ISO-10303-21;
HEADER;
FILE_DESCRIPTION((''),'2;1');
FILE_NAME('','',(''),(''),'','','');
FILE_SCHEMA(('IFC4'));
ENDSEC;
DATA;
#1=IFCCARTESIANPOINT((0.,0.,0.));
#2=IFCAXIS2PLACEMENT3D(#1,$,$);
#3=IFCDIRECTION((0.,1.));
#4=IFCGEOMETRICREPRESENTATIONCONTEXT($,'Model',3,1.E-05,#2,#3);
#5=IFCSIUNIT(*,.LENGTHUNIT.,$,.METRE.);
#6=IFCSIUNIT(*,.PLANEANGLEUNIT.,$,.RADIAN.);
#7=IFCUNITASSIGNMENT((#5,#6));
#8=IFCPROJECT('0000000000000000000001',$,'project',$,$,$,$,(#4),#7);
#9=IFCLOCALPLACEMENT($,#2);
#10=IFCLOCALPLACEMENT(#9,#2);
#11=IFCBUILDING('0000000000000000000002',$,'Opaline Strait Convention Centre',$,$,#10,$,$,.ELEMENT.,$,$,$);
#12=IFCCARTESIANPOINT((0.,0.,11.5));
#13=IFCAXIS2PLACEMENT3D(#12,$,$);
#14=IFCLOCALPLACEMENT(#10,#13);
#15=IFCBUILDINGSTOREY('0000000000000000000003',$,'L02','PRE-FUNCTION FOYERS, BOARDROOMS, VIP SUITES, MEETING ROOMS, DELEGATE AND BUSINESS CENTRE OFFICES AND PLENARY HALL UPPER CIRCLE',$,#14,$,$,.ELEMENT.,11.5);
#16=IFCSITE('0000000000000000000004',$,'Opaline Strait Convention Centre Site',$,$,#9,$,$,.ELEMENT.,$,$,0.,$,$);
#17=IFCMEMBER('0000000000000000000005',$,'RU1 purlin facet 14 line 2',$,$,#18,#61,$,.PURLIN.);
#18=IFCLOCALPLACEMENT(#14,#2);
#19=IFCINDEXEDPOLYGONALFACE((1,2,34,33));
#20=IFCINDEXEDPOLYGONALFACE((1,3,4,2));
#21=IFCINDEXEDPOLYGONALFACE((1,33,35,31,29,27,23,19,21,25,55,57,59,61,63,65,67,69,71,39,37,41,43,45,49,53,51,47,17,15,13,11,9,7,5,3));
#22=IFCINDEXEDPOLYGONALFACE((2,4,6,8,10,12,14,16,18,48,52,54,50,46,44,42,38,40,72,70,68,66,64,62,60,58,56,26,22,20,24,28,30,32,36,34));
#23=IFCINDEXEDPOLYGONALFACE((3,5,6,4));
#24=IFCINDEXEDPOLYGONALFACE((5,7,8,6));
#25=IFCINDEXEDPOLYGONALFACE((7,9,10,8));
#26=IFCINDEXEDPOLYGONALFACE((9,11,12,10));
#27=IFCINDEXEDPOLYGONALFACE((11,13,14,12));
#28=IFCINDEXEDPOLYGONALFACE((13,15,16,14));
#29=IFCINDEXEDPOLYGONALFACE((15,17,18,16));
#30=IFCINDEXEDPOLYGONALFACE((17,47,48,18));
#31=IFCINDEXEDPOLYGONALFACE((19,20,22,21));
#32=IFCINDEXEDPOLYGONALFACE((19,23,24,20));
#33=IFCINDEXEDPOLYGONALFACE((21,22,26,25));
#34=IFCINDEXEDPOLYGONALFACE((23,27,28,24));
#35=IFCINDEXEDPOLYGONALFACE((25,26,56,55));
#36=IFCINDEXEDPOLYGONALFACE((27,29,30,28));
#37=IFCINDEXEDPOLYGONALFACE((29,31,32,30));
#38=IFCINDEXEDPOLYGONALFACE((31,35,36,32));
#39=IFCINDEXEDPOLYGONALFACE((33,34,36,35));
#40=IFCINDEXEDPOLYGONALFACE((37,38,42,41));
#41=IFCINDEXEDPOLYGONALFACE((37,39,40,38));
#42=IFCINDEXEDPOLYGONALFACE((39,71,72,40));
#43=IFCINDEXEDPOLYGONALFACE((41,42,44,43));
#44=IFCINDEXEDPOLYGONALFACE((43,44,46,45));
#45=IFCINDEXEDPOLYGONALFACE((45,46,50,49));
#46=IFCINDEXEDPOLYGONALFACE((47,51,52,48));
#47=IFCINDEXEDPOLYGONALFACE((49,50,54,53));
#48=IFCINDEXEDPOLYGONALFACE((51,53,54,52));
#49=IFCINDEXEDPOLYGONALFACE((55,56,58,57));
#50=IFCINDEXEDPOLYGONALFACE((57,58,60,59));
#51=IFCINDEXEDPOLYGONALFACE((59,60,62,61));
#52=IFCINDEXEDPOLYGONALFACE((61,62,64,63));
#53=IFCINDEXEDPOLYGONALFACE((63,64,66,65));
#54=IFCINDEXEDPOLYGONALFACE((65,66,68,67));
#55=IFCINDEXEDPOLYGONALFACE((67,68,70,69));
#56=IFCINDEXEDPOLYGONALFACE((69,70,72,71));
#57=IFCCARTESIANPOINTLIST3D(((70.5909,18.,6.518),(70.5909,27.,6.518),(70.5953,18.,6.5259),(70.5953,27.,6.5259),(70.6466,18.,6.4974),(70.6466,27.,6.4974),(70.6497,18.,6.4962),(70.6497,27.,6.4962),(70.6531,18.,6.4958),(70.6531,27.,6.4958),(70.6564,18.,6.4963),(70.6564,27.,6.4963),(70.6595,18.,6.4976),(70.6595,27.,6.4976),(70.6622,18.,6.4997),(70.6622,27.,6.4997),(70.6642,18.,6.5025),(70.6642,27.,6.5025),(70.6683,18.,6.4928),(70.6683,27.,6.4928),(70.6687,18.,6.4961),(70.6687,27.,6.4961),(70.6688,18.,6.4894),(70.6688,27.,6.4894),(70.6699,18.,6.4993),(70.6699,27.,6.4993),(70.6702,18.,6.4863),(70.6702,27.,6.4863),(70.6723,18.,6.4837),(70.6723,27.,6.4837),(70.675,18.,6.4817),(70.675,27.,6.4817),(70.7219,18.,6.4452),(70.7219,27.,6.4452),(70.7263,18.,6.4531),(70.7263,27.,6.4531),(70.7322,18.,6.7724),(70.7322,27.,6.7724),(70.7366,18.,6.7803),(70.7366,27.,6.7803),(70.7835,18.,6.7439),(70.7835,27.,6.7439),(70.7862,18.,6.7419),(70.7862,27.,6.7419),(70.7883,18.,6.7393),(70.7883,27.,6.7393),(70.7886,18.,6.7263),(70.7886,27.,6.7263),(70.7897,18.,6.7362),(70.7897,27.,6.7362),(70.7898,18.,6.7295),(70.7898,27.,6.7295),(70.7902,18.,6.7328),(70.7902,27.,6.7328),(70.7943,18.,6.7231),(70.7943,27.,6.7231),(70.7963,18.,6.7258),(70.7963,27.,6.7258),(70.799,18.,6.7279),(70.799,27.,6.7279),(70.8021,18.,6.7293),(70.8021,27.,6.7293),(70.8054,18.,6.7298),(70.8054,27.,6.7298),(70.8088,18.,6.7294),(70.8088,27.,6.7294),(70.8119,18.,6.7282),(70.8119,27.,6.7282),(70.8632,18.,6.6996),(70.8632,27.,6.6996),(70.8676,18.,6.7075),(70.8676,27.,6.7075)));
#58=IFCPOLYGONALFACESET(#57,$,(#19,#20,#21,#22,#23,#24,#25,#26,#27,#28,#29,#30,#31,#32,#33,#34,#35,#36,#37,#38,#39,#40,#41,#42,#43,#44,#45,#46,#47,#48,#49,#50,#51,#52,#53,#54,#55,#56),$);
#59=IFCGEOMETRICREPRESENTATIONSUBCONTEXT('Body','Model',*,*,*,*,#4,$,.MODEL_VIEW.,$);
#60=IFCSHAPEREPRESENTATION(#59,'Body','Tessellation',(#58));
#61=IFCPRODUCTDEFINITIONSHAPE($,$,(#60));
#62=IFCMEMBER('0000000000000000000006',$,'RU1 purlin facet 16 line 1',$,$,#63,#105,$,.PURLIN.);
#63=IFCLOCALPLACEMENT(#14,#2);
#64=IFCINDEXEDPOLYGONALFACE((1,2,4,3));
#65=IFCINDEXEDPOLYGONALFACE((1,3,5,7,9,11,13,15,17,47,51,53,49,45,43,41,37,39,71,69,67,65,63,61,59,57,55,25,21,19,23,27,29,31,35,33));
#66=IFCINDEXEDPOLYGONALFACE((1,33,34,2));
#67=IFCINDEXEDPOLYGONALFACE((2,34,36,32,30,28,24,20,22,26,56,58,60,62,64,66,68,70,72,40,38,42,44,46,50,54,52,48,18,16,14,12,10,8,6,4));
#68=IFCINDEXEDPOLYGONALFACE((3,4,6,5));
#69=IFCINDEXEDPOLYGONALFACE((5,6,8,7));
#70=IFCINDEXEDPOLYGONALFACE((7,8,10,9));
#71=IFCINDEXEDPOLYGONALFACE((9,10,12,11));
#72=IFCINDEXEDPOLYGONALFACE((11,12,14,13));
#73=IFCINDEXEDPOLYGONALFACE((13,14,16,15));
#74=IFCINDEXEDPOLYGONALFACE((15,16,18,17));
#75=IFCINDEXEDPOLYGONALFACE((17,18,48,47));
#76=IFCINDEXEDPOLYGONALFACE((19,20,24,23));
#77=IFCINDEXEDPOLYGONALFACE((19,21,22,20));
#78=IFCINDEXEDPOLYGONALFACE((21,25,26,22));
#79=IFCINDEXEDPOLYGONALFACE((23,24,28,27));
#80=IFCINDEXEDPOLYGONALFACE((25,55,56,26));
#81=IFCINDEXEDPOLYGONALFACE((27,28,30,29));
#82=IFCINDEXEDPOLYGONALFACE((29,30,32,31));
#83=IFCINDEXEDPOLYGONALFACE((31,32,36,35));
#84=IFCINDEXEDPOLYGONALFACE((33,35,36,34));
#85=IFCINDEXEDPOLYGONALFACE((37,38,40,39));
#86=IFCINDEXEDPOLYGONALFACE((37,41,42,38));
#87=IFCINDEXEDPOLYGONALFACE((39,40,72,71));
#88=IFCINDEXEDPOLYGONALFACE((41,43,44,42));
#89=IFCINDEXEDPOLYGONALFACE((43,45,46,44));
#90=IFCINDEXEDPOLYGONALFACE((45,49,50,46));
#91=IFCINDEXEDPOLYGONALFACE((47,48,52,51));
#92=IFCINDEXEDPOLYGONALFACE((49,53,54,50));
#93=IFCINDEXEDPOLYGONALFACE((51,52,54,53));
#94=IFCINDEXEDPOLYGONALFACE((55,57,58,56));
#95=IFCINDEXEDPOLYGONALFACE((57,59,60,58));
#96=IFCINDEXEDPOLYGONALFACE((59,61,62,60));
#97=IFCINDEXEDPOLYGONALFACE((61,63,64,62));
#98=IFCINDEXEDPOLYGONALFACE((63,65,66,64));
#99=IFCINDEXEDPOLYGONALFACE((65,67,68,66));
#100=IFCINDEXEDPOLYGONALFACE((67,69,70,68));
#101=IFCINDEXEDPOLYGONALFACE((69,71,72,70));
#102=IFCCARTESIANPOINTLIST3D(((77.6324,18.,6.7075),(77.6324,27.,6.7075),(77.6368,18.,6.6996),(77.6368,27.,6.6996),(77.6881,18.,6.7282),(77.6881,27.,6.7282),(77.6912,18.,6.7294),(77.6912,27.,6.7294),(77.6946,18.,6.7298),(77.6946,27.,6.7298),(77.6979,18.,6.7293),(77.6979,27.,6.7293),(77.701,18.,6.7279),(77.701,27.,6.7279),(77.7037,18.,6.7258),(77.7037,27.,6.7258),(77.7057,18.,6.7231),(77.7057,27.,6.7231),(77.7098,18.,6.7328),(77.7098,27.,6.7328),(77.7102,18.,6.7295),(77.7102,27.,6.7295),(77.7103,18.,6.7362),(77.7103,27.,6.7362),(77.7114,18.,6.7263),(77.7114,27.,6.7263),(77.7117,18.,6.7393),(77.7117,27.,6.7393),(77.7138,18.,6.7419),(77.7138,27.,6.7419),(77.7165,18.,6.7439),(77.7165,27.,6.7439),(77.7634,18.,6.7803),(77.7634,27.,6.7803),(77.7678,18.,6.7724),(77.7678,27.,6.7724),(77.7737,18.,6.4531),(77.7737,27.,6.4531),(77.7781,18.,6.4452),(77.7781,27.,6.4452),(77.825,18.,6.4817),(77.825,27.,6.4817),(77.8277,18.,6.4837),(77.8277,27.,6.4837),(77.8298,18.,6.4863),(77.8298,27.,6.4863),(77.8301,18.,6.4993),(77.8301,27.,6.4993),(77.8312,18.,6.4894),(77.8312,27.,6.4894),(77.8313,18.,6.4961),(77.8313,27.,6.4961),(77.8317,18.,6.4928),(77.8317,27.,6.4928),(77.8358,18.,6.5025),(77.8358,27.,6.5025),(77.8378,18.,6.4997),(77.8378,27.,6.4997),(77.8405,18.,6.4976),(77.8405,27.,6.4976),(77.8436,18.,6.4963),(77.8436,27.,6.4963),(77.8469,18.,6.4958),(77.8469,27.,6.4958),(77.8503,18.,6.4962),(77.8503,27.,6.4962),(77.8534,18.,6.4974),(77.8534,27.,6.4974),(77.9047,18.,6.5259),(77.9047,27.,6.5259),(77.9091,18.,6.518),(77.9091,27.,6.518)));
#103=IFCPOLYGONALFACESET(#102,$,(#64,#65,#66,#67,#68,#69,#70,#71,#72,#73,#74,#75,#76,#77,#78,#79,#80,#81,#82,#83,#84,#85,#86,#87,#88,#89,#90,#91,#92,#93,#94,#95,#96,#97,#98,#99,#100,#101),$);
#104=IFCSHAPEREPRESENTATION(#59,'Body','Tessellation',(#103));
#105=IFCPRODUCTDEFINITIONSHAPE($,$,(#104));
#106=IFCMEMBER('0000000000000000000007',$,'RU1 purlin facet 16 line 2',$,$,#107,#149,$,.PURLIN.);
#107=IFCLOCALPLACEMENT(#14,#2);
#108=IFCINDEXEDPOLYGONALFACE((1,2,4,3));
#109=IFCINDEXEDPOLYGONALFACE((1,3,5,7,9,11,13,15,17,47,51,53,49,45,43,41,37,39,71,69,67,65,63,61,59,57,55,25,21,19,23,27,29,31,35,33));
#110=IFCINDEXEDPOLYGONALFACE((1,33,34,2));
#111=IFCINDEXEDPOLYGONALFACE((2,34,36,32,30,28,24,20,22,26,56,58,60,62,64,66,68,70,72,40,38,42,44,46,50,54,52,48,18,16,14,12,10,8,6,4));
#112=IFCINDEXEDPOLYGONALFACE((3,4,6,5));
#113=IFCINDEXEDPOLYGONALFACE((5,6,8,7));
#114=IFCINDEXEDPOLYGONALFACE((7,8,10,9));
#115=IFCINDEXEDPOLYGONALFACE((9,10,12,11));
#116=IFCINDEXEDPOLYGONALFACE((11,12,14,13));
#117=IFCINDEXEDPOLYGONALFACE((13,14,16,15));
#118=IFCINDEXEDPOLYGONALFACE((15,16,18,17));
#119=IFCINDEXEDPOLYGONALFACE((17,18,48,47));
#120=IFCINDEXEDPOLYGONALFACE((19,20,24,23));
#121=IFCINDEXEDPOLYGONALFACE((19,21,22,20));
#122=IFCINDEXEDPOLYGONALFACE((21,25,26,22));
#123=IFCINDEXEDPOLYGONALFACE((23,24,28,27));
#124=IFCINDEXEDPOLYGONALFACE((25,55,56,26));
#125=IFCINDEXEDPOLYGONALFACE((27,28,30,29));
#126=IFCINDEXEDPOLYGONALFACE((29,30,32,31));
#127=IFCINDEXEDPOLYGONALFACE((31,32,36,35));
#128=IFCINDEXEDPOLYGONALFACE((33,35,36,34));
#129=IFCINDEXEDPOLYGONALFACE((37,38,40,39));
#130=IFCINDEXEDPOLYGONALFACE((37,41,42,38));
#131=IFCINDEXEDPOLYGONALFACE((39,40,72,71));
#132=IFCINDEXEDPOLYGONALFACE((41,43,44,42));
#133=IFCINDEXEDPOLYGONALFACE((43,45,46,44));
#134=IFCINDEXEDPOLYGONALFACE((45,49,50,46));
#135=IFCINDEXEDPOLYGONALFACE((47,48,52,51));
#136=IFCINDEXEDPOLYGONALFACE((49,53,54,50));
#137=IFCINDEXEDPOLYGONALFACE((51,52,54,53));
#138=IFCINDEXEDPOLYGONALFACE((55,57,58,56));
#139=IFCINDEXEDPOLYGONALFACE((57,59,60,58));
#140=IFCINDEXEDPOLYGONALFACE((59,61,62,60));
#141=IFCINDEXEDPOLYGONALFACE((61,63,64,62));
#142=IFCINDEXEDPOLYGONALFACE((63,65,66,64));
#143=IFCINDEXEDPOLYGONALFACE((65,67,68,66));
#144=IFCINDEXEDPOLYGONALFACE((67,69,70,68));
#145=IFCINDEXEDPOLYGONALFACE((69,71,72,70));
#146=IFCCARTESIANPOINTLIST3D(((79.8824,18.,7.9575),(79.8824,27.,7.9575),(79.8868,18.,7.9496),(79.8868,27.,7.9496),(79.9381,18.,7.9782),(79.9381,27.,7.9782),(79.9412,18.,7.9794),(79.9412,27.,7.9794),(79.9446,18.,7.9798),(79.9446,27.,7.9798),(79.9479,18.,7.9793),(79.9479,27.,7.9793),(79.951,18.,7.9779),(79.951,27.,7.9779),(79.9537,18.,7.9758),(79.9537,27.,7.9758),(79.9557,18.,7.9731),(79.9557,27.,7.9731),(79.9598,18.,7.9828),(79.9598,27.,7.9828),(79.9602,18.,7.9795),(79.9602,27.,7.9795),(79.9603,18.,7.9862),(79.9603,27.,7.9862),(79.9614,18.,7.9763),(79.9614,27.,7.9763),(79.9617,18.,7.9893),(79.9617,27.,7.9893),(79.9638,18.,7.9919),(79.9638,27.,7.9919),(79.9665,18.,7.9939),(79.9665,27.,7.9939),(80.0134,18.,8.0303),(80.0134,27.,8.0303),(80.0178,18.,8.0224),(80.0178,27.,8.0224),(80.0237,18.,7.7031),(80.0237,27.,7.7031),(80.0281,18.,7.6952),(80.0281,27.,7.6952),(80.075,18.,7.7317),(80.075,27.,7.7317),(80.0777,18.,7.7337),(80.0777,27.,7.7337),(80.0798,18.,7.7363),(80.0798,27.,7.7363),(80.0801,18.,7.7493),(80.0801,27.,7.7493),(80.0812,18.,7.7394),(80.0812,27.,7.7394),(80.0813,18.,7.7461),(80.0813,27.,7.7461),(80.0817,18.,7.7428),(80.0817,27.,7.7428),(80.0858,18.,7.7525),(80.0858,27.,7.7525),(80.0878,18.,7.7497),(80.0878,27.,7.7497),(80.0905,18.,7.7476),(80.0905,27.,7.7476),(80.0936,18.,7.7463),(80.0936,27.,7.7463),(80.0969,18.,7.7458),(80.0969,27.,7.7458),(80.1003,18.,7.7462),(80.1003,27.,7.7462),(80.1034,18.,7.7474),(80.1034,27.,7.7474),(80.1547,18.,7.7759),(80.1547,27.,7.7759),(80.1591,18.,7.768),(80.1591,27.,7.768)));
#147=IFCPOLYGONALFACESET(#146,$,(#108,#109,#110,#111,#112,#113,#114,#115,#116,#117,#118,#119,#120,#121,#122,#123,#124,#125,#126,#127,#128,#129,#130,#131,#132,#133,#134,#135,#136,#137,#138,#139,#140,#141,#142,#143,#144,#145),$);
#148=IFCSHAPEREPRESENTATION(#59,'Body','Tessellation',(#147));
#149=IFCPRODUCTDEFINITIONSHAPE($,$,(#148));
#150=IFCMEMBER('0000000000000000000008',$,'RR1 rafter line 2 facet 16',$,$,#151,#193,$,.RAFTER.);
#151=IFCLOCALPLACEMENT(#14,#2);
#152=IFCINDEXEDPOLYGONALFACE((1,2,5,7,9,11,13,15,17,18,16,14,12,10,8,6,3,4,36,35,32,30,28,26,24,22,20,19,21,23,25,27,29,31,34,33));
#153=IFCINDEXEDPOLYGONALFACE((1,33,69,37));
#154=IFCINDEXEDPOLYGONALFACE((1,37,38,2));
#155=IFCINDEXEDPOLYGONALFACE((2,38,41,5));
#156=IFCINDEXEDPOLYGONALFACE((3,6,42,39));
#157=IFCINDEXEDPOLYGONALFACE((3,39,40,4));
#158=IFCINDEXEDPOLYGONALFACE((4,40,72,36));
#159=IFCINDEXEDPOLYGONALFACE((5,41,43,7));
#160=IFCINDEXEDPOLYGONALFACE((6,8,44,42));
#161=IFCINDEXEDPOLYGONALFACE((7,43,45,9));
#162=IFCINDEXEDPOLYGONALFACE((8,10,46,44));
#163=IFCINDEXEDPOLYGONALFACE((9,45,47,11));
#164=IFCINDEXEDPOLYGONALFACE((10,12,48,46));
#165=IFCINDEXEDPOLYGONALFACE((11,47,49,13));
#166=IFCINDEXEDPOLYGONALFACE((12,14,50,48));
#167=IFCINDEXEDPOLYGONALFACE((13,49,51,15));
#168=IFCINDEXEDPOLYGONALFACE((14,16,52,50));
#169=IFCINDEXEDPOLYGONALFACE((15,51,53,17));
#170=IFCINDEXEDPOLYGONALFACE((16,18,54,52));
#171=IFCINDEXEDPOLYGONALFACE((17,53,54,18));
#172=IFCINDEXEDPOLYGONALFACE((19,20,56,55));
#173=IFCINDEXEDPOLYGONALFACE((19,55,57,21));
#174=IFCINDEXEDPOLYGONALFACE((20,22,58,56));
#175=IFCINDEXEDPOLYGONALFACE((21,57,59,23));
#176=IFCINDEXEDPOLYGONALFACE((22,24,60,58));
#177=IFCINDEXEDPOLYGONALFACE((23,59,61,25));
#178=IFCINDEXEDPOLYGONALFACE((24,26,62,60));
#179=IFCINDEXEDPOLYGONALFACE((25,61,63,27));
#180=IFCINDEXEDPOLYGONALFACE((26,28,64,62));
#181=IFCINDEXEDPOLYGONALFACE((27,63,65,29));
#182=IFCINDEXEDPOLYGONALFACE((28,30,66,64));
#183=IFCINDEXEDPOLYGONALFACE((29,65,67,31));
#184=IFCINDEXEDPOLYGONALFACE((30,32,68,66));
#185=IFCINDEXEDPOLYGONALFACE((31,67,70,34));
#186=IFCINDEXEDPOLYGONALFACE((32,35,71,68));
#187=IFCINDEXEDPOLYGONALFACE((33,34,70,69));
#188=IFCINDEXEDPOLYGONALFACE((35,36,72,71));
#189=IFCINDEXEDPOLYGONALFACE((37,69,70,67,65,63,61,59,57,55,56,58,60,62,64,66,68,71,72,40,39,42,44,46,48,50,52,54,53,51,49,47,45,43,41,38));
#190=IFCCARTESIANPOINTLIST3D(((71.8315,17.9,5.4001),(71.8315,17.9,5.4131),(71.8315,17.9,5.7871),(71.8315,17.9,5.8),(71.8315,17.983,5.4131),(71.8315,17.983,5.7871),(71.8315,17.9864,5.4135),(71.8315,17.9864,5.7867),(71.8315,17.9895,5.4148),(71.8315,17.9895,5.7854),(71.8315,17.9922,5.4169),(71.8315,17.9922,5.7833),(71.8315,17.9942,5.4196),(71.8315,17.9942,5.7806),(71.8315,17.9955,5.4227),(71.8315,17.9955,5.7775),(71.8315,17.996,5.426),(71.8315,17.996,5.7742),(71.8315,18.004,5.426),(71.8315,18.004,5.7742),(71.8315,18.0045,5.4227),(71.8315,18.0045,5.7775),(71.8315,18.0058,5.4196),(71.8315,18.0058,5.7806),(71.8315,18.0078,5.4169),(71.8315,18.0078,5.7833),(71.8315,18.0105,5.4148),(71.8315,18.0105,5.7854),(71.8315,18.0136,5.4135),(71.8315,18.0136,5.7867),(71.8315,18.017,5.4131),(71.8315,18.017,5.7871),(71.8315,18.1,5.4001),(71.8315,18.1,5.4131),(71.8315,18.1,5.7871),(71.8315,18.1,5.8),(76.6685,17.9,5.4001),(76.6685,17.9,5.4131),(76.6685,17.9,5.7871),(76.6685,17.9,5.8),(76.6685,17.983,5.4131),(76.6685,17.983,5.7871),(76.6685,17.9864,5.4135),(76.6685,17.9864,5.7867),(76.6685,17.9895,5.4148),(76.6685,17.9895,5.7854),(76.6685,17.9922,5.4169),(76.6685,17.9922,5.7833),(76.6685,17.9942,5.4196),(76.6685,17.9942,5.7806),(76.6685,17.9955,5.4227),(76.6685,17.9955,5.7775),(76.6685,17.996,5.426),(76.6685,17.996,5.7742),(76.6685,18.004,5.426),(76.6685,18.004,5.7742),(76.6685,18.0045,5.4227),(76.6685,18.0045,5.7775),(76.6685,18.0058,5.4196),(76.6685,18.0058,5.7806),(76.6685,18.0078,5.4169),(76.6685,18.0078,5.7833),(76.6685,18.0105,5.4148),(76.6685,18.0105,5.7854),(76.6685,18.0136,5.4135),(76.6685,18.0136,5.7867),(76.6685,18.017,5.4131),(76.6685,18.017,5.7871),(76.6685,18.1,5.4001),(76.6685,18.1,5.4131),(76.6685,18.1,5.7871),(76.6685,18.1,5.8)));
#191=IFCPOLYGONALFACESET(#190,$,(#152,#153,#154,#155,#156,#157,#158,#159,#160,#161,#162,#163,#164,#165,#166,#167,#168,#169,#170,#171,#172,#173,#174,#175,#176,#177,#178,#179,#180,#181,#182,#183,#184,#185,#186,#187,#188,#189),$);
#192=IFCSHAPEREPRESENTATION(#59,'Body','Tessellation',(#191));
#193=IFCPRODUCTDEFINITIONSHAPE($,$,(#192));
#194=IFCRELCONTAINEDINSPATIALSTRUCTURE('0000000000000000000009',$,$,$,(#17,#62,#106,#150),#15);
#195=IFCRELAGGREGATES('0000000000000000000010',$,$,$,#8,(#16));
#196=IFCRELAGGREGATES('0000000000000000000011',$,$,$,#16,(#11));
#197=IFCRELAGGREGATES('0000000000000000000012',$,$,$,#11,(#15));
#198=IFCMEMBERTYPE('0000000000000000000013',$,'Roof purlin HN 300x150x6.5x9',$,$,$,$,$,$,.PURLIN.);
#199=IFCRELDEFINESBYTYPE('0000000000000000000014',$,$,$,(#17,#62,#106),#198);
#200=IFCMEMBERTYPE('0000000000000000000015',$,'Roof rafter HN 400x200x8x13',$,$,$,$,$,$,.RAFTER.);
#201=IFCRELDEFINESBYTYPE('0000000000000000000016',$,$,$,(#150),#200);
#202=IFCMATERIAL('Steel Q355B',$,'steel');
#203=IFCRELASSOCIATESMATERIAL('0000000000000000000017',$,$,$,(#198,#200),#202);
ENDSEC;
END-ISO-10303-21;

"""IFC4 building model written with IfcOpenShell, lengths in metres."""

from ifc_helpers import new_model, si_unit, direction, frame, origin, origin_2d, place, context, subcontext, project, spatial, i_section, extrude, material, material_profile, profile_set, type_object, element, save


model = new_model("IFC4")

# Units and contexts
model_context = context("Model", 3, precision=1e-05, world=origin(), true_north=direction((0.0, 1.0)))
body_context = subcontext(model_context, "Body", "Model", "MODEL_VIEW")
ifc_project = project(units=[si_unit("LENGTHUNIT", "METRE"), si_unit("PLANEANGLEUNIT", "RADIAN")], contexts=[model_context])

# Site, building, storey
site_placement = place(None, origin())
site = spatial("IfcSite", under=ifc_project, at=site_placement, Name="Opaline Strait Convention Centre Site", CompositionType="ELEMENT", RefElevation=0.0)
building_placement = place(site_placement, origin())
building = spatial("IfcBuilding", under=site, at=building_placement, Name="Opaline Strait Convention Centre", CompositionType="ELEMENT")
storey_placement = place(building_placement, frame((0.0, 0.0, 11.5)))
storey = spatial("IfcBuildingStorey", under=building, at=storey_placement, Name="L02", Description="PRE-FUNCTION FOYERS, BOARDROOMS, VIP SUITES, MEETING ROOMS, DELEGATE AND BUSINESS CENTRE OFFICES AND PLENARY HALL UPPER CIRCLE", CompositionType="ELEMENT", Elevation=11.5)

# Shared definitions
ifc_material_1 = material(Name="Steel Q355B", Category="steel")

# Members
ifc_material_profile_1 = material_profile(ifc_material_1, i_section(OverallWidth=0.1499, OverallDepth=0.3, WebThickness=0.0066, FlangeThickness=0.009, FilletRadius=0.0129, at=origin_2d()), Name="HN 300x150x6.5x9")
ifc_profile_set_1 = profile_set([ifc_material_profile_1], Name="Steel Q355B")
member_type_1 = type_object("IfcMemberType", Name="Roof purlin HN 300x150x6.5x9", PredefinedType="PURLIN", material=ifc_profile_set_1)
for number, where, z_axis, x_axis, name in (
    (1, (70.7292, 18.0, 6.6128), (0.0, 1.0, 0.0), (-0.874157, 0.0, 0.485643), "RU1 purlin facet 14 line 2"),
    (2, (77.7708, 18.0, 6.6128), (0.0, 1.0, 0.0), (-0.874157, 0.0, -0.485643), "RU1 purlin facet 16 line 1"),
    (3, (80.0208, 18.0, 7.8628), (0.0, 1.0, 0.0), (-0.874157, 0.0, -0.485643), "RU1 purlin facet 16 line 2"),
):
    element("IfcMember", number, at=place(storey_placement, frame(where, z_axis=z_axis, x_axis=x_axis)), inside=storey, type_object=member_type_1, Name=name, PredefinedType="PURLIN", context=body_context, shape_type="SweptSolid", body=[
        extrude(i_section(OverallWidth=0.1499, OverallDepth=0.3, WebThickness=0.0066, FlangeThickness=0.009, FilletRadius=0.0129, at=origin_2d()), origin(), (0.0, 0.0, 1.0), 9.0),
    ])
ifc_material_profile_2 = material_profile(ifc_material_1, i_section(OverallWidth=0.2, OverallDepth=0.3999, WebThickness=0.0081, FlangeThickness=0.0129, FilletRadius=0.0129, at=origin_2d()), Name="HN 400x200x8x13")
ifc_profile_set_2 = profile_set([ifc_material_profile_2], Name="Steel Q355B")
member_type_2 = type_object("IfcMemberType", Name="Roof rafter HN 400x200x8x13", PredefinedType="RAFTER", material=ifc_profile_set_2)
member_1_placement = place(storey_placement, frame((71.8315, 18.0, 5.6001), z_axis=(1.0, 0.0, 0.0), x_axis=(0.0, 1.0, 0.0)))
element("IfcMember", 4, at=member_1_placement, inside=storey, type_object=member_type_2, Name="RR1 rafter line 2 facet 16", PredefinedType="RAFTER", context=body_context, shape_type="SweptSolid", body=[
    extrude(i_section(OverallWidth=0.2, OverallDepth=0.3999, WebThickness=0.0081, FlangeThickness=0.0129, FilletRadius=0.0129, at=origin_2d()), origin(), (0.0, 0.0, 1.0), 4.8369),
])

save(model, "model.ifc")
